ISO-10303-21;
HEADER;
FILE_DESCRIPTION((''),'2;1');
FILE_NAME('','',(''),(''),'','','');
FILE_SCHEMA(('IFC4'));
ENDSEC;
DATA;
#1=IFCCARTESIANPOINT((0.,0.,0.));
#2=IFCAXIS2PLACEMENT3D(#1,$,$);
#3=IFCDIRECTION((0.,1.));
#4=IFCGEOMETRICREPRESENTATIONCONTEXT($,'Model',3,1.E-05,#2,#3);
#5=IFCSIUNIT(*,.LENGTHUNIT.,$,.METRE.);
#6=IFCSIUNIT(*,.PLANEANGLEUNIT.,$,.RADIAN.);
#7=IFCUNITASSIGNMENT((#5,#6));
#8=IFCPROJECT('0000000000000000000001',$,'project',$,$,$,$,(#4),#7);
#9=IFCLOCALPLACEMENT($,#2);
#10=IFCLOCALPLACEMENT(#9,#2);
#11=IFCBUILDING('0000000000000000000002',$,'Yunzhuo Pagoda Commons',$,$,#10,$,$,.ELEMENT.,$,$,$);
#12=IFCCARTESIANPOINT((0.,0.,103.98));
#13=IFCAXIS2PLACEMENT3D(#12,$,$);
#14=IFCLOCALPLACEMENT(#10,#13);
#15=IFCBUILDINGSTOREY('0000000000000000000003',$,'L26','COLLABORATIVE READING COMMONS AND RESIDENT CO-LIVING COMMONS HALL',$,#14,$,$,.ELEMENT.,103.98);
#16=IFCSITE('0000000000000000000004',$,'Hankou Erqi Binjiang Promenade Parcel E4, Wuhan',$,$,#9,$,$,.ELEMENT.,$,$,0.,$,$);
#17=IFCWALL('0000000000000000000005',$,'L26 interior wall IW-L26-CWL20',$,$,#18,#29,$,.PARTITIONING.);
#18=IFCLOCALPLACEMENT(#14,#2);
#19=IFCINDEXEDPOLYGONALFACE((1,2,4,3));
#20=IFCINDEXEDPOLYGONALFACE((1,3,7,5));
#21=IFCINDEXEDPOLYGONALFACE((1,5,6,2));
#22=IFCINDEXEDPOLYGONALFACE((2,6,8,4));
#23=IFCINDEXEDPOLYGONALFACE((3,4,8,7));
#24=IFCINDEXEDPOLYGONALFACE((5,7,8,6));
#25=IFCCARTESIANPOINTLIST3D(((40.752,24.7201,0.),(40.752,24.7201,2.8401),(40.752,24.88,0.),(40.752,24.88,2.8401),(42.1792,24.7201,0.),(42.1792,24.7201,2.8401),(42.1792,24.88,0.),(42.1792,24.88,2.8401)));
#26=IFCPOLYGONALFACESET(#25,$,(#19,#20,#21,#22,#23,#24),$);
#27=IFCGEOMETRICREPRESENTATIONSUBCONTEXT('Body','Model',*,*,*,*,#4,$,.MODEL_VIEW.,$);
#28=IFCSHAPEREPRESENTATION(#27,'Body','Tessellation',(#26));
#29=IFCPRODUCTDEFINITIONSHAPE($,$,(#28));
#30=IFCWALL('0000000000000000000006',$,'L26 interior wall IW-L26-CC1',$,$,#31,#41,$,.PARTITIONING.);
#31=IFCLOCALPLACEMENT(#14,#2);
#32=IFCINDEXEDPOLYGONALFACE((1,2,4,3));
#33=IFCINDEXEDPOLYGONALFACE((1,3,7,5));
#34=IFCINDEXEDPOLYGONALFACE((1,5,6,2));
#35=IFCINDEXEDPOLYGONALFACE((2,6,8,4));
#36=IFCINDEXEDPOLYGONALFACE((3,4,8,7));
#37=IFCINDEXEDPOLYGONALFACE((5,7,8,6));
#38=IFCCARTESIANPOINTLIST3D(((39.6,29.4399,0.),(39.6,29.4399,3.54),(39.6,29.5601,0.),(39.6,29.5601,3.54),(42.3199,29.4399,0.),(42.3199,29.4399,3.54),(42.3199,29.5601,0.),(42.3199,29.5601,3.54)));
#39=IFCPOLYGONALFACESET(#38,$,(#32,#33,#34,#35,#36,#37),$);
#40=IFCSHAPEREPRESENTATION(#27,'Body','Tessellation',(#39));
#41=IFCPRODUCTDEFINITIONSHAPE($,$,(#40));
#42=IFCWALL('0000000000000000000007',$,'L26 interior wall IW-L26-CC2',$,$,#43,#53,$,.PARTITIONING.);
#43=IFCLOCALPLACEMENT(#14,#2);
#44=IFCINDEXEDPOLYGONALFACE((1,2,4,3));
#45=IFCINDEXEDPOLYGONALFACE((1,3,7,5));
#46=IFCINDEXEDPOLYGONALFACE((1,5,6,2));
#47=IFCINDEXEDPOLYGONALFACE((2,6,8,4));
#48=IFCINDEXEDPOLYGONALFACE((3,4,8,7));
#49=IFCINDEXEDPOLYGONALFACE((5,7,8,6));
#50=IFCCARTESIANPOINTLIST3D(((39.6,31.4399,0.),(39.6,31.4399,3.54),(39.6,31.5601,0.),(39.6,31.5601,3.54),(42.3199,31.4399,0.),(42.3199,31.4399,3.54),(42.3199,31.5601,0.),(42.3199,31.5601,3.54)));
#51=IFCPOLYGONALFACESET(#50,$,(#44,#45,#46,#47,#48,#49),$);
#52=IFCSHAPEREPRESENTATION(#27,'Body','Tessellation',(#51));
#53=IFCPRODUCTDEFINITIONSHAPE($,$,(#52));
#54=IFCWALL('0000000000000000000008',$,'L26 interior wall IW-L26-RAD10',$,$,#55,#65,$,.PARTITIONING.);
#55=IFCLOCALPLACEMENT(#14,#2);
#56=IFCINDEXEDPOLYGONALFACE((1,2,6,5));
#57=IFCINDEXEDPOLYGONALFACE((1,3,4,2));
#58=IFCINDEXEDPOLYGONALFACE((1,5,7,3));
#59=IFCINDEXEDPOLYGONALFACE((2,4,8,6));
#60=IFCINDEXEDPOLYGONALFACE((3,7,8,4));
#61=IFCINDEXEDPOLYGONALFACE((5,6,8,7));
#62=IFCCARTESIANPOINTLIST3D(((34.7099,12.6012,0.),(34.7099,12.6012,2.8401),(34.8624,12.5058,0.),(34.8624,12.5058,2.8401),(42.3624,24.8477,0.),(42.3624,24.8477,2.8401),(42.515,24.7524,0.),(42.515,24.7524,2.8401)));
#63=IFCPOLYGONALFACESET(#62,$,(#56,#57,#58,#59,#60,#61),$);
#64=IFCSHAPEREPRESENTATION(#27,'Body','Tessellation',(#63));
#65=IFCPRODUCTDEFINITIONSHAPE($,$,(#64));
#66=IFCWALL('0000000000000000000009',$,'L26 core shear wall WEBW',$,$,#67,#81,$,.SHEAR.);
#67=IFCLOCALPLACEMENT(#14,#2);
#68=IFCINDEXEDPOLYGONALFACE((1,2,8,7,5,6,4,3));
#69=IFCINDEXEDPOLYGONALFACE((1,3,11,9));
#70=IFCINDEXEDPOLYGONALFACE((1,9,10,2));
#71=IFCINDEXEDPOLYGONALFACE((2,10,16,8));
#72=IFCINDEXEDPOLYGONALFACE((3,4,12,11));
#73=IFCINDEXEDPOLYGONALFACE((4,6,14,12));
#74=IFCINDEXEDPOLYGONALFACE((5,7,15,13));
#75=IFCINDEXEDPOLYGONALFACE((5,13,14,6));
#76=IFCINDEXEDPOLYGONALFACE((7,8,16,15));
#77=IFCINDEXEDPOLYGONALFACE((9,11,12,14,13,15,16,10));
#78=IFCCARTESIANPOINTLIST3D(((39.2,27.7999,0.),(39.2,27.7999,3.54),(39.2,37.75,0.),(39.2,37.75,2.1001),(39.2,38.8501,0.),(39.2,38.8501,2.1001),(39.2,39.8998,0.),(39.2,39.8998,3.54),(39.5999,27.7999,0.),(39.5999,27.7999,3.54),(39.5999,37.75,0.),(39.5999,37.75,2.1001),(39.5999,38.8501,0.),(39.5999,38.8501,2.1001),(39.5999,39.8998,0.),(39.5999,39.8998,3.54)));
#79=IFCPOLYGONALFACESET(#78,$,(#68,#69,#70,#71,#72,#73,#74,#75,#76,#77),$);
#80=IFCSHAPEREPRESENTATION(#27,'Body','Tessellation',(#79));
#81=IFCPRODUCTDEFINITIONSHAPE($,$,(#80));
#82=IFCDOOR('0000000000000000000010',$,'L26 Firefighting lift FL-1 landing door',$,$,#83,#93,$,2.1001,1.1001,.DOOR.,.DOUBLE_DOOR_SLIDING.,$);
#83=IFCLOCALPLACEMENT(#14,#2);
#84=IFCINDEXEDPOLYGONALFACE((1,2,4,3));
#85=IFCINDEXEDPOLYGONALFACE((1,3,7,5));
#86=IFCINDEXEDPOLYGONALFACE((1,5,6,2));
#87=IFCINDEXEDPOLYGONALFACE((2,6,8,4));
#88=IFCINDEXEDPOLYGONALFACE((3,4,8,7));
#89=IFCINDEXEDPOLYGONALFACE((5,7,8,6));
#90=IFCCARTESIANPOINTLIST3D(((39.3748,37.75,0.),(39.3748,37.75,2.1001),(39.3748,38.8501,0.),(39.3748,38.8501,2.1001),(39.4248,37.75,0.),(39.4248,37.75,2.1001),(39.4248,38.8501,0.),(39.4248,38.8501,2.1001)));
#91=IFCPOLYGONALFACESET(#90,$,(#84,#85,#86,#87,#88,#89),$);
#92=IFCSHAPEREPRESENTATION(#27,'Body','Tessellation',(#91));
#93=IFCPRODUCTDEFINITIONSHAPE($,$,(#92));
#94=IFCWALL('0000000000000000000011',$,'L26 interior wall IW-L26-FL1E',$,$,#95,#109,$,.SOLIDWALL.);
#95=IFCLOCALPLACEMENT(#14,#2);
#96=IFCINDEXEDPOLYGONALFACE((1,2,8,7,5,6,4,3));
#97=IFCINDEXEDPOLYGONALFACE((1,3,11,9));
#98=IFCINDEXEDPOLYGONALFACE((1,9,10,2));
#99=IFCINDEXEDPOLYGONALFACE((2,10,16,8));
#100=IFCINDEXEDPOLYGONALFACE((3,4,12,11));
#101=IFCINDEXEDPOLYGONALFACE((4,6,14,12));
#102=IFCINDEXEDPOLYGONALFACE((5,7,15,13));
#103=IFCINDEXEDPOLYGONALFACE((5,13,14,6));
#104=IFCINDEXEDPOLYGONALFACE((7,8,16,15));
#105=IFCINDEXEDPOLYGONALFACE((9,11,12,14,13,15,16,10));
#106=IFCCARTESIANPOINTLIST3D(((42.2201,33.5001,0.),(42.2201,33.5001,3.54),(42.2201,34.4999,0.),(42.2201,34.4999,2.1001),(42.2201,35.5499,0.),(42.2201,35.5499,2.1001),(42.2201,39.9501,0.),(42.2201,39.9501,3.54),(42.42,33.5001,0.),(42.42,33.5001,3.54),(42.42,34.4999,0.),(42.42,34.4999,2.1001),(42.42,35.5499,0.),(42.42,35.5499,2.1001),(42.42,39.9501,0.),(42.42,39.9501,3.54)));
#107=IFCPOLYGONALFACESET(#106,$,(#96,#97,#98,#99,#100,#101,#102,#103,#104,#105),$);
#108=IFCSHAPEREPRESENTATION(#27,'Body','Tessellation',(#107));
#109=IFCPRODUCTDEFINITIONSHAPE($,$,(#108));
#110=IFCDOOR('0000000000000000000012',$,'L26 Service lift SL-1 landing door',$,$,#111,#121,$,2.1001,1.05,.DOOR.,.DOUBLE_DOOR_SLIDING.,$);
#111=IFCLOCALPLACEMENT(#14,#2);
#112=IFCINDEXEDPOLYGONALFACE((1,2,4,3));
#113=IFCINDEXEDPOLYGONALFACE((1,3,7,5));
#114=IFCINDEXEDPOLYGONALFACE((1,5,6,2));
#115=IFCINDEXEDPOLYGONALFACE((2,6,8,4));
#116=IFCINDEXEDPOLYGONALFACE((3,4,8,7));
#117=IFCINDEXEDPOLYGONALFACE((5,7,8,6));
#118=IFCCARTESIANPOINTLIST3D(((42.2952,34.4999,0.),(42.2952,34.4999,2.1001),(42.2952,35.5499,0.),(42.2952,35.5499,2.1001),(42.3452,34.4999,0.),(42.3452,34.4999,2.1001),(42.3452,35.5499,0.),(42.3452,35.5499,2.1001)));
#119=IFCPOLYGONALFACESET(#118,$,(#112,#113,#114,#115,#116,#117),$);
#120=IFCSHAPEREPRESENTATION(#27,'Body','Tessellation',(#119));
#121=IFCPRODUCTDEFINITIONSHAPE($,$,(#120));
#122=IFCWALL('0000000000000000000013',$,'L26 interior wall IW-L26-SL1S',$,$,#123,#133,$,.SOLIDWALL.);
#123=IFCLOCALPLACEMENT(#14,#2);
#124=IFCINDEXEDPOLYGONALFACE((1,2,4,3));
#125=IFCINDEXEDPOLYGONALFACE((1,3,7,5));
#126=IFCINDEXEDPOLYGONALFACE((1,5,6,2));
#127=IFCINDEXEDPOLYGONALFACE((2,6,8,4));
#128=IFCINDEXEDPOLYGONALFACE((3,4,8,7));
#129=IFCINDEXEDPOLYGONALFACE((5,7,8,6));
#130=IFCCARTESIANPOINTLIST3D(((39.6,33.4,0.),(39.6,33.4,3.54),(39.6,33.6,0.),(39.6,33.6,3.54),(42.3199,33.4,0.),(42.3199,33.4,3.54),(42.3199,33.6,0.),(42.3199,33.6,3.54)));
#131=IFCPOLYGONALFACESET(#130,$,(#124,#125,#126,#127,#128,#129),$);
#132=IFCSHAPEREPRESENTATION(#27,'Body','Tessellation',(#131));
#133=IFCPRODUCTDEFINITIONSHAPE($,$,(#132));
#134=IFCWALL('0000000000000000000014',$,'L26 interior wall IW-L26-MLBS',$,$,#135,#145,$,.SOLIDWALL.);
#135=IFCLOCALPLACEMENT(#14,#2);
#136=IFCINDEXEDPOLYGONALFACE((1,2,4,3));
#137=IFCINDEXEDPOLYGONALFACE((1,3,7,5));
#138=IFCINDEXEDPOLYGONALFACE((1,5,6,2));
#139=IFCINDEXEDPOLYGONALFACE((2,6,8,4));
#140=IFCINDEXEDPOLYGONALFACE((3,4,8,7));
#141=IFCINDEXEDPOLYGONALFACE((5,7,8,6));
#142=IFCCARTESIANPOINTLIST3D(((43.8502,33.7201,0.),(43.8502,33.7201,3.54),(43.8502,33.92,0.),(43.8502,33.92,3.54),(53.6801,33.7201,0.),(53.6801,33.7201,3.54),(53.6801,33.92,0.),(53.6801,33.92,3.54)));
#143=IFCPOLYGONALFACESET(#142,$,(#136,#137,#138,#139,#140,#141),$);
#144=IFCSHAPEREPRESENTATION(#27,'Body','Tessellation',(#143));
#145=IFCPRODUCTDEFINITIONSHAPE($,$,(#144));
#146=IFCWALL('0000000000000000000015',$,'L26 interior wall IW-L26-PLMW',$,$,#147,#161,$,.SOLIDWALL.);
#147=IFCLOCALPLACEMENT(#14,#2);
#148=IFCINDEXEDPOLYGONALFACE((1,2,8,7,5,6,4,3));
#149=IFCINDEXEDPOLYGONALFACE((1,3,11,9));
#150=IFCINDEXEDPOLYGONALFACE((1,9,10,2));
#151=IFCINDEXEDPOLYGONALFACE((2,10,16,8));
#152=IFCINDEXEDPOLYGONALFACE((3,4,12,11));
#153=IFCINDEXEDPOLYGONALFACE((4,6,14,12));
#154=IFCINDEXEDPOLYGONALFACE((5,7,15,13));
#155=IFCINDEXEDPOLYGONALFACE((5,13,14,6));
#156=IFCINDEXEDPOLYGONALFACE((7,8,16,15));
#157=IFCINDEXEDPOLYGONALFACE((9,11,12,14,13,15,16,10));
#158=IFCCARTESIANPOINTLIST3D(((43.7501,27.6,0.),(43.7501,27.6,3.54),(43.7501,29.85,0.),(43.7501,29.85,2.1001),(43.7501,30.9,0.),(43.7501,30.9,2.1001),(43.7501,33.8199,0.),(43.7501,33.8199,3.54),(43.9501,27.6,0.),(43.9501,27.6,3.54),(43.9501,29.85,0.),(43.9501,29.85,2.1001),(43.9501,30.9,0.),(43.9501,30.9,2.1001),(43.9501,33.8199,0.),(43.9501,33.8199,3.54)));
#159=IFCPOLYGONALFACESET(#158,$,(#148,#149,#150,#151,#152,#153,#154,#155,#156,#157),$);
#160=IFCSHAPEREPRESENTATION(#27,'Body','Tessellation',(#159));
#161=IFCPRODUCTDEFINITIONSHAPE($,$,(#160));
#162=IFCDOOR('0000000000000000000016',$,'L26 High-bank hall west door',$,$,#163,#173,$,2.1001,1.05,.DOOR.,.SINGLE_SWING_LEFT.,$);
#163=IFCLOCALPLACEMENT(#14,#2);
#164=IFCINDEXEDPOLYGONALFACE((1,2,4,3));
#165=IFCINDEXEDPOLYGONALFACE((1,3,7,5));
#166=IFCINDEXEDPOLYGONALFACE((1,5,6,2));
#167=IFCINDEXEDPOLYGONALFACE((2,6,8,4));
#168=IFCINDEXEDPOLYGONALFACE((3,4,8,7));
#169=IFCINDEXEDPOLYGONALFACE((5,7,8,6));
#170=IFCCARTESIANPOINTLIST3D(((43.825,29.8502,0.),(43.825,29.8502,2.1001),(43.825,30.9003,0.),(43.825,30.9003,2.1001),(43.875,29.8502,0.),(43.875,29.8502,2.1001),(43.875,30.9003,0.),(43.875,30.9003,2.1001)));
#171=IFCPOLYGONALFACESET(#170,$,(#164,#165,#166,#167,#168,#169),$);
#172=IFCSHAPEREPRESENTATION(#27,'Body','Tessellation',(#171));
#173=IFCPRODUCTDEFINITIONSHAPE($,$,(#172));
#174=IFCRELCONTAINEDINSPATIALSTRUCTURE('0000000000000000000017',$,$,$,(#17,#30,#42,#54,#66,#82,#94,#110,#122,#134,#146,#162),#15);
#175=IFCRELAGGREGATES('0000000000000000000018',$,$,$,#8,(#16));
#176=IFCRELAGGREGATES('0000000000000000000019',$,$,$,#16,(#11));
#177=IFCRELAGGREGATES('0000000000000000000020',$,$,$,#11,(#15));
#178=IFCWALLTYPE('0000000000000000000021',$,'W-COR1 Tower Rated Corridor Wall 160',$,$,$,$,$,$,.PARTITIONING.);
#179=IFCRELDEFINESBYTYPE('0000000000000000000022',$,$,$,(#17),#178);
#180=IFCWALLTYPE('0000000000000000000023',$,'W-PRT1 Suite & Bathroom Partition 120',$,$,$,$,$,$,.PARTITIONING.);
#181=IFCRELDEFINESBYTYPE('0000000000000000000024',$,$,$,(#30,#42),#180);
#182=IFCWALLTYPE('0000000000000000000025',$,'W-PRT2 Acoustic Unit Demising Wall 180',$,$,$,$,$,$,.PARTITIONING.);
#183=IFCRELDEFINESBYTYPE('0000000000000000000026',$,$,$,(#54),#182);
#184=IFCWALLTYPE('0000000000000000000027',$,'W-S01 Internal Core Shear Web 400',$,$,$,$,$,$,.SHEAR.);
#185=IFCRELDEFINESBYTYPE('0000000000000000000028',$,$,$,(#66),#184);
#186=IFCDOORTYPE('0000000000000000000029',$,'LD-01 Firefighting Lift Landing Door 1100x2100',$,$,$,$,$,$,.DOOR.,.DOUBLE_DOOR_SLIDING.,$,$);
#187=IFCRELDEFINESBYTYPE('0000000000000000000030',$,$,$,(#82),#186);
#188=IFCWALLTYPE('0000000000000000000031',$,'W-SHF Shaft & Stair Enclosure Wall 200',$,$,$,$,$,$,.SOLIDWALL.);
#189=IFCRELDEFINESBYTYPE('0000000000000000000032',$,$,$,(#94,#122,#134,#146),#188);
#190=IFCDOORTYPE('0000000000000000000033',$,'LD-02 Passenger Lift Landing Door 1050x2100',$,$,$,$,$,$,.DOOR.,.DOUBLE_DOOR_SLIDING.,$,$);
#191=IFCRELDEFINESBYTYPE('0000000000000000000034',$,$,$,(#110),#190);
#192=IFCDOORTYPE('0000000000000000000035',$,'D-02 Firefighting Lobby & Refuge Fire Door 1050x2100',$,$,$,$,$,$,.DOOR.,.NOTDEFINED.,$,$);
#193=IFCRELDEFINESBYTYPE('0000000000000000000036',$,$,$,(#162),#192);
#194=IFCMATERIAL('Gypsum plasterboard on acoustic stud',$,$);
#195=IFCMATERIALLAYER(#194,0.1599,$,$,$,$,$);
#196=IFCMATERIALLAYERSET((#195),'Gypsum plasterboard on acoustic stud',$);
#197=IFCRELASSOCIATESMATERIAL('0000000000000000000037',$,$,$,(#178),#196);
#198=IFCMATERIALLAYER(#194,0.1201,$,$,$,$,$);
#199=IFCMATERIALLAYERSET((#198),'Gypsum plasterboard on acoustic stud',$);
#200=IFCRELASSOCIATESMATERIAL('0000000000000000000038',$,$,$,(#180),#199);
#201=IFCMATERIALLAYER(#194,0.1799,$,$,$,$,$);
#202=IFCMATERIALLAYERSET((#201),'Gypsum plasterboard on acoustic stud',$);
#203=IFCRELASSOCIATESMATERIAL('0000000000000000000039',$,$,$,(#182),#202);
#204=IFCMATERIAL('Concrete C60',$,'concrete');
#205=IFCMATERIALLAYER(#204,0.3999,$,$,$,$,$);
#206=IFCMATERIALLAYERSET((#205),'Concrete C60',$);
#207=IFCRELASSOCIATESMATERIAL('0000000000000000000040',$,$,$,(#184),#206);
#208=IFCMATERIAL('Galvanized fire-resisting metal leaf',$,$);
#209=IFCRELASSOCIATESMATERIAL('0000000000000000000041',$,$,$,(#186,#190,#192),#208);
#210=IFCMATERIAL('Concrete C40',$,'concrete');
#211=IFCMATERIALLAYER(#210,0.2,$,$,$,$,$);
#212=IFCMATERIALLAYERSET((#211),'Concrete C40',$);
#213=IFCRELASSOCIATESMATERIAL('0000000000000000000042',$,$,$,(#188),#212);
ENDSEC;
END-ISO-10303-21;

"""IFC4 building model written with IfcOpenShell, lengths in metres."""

from ifc_helpers import new_model, si_unit, direction, frame, frame_2d, origin, origin_with_axes, place, context, subcontext, project, spatial, rectangle, extrude, source, transform, mapped, material, layer, layer_set, type_object, element, fill, save


model = new_model("IFC4")

# Units and contexts
model_context = context("Model", 3, precision=1e-05, world=origin(), true_north=direction((0.0, 1.0)))
body_context = subcontext(model_context, "Body", "Model", "MODEL_VIEW")
ifc_project = project(units=[si_unit("LENGTHUNIT", "METRE"), si_unit("PLANEANGLEUNIT", "RADIAN")], contexts=[model_context])

# Site, building, storey
site_placement = place(None, origin())
site = spatial("IfcSite", under=ifc_project, at=site_placement, Name="Hankou Erqi Binjiang Promenade Parcel E4, Wuhan", CompositionType="ELEMENT", RefElevation=0.0)
building_placement = place(site_placement, origin())
building = spatial("IfcBuilding", under=site, at=building_placement, Name="Yunzhuo Pagoda Commons", CompositionType="ELEMENT")
storey_placement = place(building_placement, frame((0.0, 0.0, 103.98)))
storey = spatial("IfcBuildingStorey", under=building, at=storey_placement, Name="L26", Description="COLLABORATIVE READING COMMONS AND RESIDENT CO-LIVING COMMONS HALL", CompositionType="ELEMENT", Elevation=103.98)

# Shared definitions
ifc_material_1 = material(Name="Concrete C60", Category="concrete")

# Shared definitions
ifc_material_2 = material(Name="Gypsum plasterboard on acoustic stud")
ifc_layer_1 = layer(ifc_material_2, 0.1599)
ifc_layer_set_1 = layer_set([ifc_layer_1], Name="Gypsum plasterboard on acoustic stud")
wall_type_1 = type_object("IfcWallType", Name="W-COR1 Tower Rated Corridor Wall 160", PredefinedType="PARTITIONING", material=ifc_layer_set_1)
ifc_material_3 = material(Name="Galvanized fire-resisting metal leaf")

# Walls
wall_1_placement = place(storey_placement, frame((42.1792, 24.8, 0.0), z_axis=(0.0, 0.0, 1.0), x_axis=(-1.0, 0.0, 0.0)))
element("IfcWall", 1, at=wall_1_placement, inside=storey, type_object=wall_type_1, Name="L26 interior wall IW-L26-CWL20", PredefinedType="PARTITIONING", context=body_context, shape_type="SweptSolid", body=[
    extrude(rectangle(XDim=1.4272, YDim=0.1599, at=frame_2d((0.7136, 0.0))), origin(), (0.0, 0.0, 1.0), 2.8401),
])
ifc_layer_2 = layer(ifc_material_2, 0.1201)
ifc_layer_set_2 = layer_set([ifc_layer_2], Name="Gypsum plasterboard on acoustic stud")
wall_type_2 = type_object("IfcWallType", Name="W-PRT1 Suite & Bathroom Partition 120", PredefinedType="PARTITIONING", material=ifc_layer_set_2)
for number, where, z_axis, x_axis, name in (
    (2, (39.6001, 29.5, 0.0), (0.0, 0.0, 1.0), (1.0, 0.0, 0.0), "L26 interior wall IW-L26-CC1"),
    (3, (39.6001, 31.5, 0.0), (0.0, 0.0, 1.0), (1.0, 0.0, 0.0), "L26 interior wall IW-L26-CC2"),
):
    element("IfcWall", number, at=place(storey_placement, frame(where, z_axis=z_axis, x_axis=x_axis)), inside=storey, type_object=wall_type_2, Name=name, PredefinedType="PARTITIONING", context=body_context, shape_type="SweptSolid", body=[
        extrude(rectangle(XDim=2.72, YDim=0.1201, at=frame_2d((1.3599, 0.0))), origin(), (0.0, 0.0, 1.0), 3.54),
    ])
ifc_layer_3 = layer(ifc_material_2, 0.1799)
ifc_layer_set_3 = layer_set([ifc_layer_3], Name="Gypsum plasterboard on acoustic stud")
wall_type_3 = type_object("IfcWallType", Name="W-PRT2 Acoustic Unit Demising Wall 180", PredefinedType="PARTITIONING", material=ifc_layer_set_3)
wall_2_placement = place(storey_placement, frame((42.4387, 24.8, 0.0), z_axis=(0.0, 0.0, 1.0), x_axis=(-0.529923, -0.848046, 0.0)))
element("IfcWall", 4, at=wall_2_placement, inside=storey, type_object=wall_type_3, Name="L26 interior wall IW-L26-RAD10", PredefinedType="PARTITIONING", context=body_context, shape_type="SweptSolid", body=[
    extrude(rectangle(XDim=14.4409, YDim=0.1799, at=frame_2d((7.2205, 0.0))), origin(), (0.0, 0.0, 1.0), 2.8401),
])

# Walls, openings, doors
ifc_layer_4 = layer(ifc_material_1, 0.3999)
ifc_layer_set_4 = layer_set([ifc_layer_4], Name="Concrete C60")
wall_type_4 = type_object("IfcWallType", Name="W-S01 Internal Core Shear Web 400", PredefinedType="SHEAR", material=ifc_layer_set_4)
wall_3_placement = place(storey_placement, frame((39.3999, 27.8, 0.0), z_axis=(0.0, 0.0, 1.0), x_axis=(0.0, 1.0, 0.0)))
wall_3 = element("IfcWall", 5, at=wall_3_placement, inside=storey, type_object=wall_type_4, Name="L26 core shear wall WEBW", PredefinedType="SHEAR", context=body_context, shape_type="SweptSolid", body=[
    extrude(rectangle(XDim=12.0999, YDim=0.3999, at=frame_2d((6.0498, 0.0))), origin(), (0.0, 0.0, 1.0), 3.54),
])
opening_1_placement = place(wall_3_placement, frame((9.95, 0.0, 0.0)))
opening_1 = element("IfcOpeningElement", 6, at=opening_1_placement, cuts=wall_3, PredefinedType="OPENING", context=body_context, shape_type="SweptSolid", body=[
    extrude(rectangle(XDim=1.1001, YDim=2.1001, at=frame_2d((0.55, 1.05))), frame((0.0, 0.21, 0.0), z_axis=(0.0, -1.0, 0.0), x_axis=(1.0, 0.0, 0.0)), (0.0, 0.0, 1.0), 0.4199),
])
door_type_1 = type_object("IfcDoorType", Name="LD-01 Firefighting Lift Landing Door 1100x2100", OperationType="DOUBLE_DOOR_SLIDING", PredefinedType="DOOR", material=ifc_material_3)
shared_shape_1 = source(origin(), body_context, "Body", "SweptSolid", [
    extrude(rectangle(XDim=1.1001, YDim=2.1001, at=frame_2d((0.55, 1.05))), frame((0.0, 0.0249, 0.0), z_axis=(0.0, -1.0, 0.0), x_axis=(1.0, 0.0, 0.0)), (0.0, 0.0, 1.0), 0.05),
])
door_1_placement = place(opening_1_placement, frame((1.1001, 0.0, 0.0), z_axis=(0.0, 0.0, 1.0), x_axis=(-1.0, 0.0, 0.0)))
door_1 = element("IfcDoor", 7, at=door_1_placement, inside=storey, type_object=door_type_1, Name="L26 Firefighting lift FL-1 landing door", OperationType="DOUBLE_DOOR_SLIDING", OverallHeight=2.1001, OverallWidth=1.1001, PredefinedType="DOOR", context=body_context, shape_type="MappedRepresentation", body=[
    mapped(shared_shape_1, transform((0.0, 0.0, 0.0), scale=1.0)),
])
fill(opening_1, door_1)
ifc_material_4 = material(Name="Concrete C40", Category="concrete")
ifc_layer_5 = layer(ifc_material_4, 0.2)
ifc_layer_set_5 = layer_set([ifc_layer_5], Name="Concrete C40")
wall_type_5 = type_object("IfcWallType", Name="W-SHF Shaft & Stair Enclosure Wall 200", PredefinedType="SOLIDWALL", material=ifc_layer_set_5)
wall_4_placement = place(storey_placement, frame((42.3201, 33.5, 0.0), z_axis=(0.0, 0.0, 1.0), x_axis=(0.0, 1.0, 0.0)))
wall_4 = element("IfcWall", 8, at=wall_4_placement, inside=storey, type_object=wall_type_5, Name="L26 interior wall IW-L26-FL1E", PredefinedType="SOLIDWALL", context=body_context, shape_type="SweptSolid", body=[
    extrude(rectangle(XDim=6.45, YDim=0.2, at=frame_2d((3.2251, 0.0))), origin(), (0.0, 0.0, 1.0), 3.54),
])
opening_2_placement = place(wall_4_placement, frame((1.0, 0.0, 0.0)))
opening_2 = element("IfcOpeningElement", 9, at=opening_2_placement, cuts=wall_4, PredefinedType="OPENING", context=body_context, shape_type="SweptSolid", body=[
    extrude(rectangle(XDim=1.05, YDim=2.1001, at=frame_2d((0.5249, 1.05))), frame((0.0, 0.1099, 0.0), z_axis=(0.0, -1.0, 0.0), x_axis=(1.0, 0.0, 0.0)), (0.0, 0.0, 1.0), 0.22),
])
door_type_2 = type_object("IfcDoorType", Name="LD-02 Passenger Lift Landing Door 1050x2100", OperationType="DOUBLE_DOOR_SLIDING", PredefinedType="DOOR", material=ifc_material_3)
shared_shape_2 = source(origin(), body_context, "Body", "SweptSolid", [
    extrude(rectangle(XDim=1.05, YDim=2.1001, at=frame_2d((0.5249, 1.05))), frame((0.0, 0.0249, 0.0), z_axis=(0.0, -1.0, 0.0), x_axis=(1.0, 0.0, 0.0)), (0.0, 0.0, 1.0), 0.05),
])
door_2_placement = place(opening_2_placement, origin_with_axes())
door_2 = element("IfcDoor", 10, at=door_2_placement, inside=storey, type_object=door_type_2, Name="L26 Service lift SL-1 landing door", OperationType="DOUBLE_DOOR_SLIDING", OverallHeight=2.1001, OverallWidth=1.05, PredefinedType="DOOR", context=body_context, shape_type="MappedRepresentation", body=[
    mapped(shared_shape_2, transform((0.0, 0.0, 0.0), scale=1.0)),
])
fill(opening_2, door_2)

# Walls
wall_5_placement = place(storey_placement, frame((39.6001, 33.5, 0.0), z_axis=(0.0, 0.0, 1.0), x_axis=(1.0, 0.0, 0.0)))
element("IfcWall", 11, at=wall_5_placement, inside=storey, type_object=wall_type_5, Name="L26 interior wall IW-L26-SL1S", PredefinedType="SOLIDWALL", context=body_context, shape_type="SweptSolid", body=[
    extrude(rectangle(XDim=2.72, YDim=0.2, at=frame_2d((1.3599, 0.0))), origin(), (0.0, 0.0, 1.0), 3.54),
])
wall_6_placement = place(storey_placement, frame((43.8501, 33.8201, 0.0), z_axis=(0.0, 0.0, 1.0), x_axis=(1.0, 0.0, 0.0)))
element("IfcWall", 12, at=wall_6_placement, inside=storey, type_object=wall_type_5, Name="L26 interior wall IW-L26-MLBS", PredefinedType="SOLIDWALL", context=body_context, shape_type="SweptSolid", body=[
    extrude(rectangle(XDim=9.8298, YDim=0.2, at=frame_2d((4.915, 0.0))), origin(), (0.0, 0.0, 1.0), 3.54),
])

# Wall, opening, door
wall_7_placement = place(storey_placement, frame((43.8501, 27.6001, 0.0), z_axis=(0.0, 0.0, 1.0), x_axis=(0.0, 1.0, 0.0)))
wall_7 = element("IfcWall", 13, at=wall_7_placement, inside=storey, type_object=wall_type_5, Name="L26 interior wall IW-L26-PLMW", PredefinedType="SOLIDWALL", context=body_context, shape_type="SweptSolid", body=[
    extrude(rectangle(XDim=6.22, YDim=0.2, at=frame_2d((3.1099, 0.0))), origin(), (0.0, 0.0, 1.0), 3.54),
])
opening_3_placement = place(wall_7_placement, frame((2.25, 0.0, 0.0)))
opening_3 = element("IfcOpeningElement", 14, at=opening_3_placement, cuts=wall_7, PredefinedType="OPENING", context=body_context, shape_type="SweptSolid", body=[
    extrude(rectangle(XDim=1.05, YDim=2.1001, at=frame_2d((0.5249, 1.05))), frame((0.0, 0.1099, 0.0), z_axis=(0.0, -1.0, 0.0), x_axis=(1.0, 0.0, 0.0)), (0.0, 0.0, 1.0), 0.22),
])
door_type_3 = type_object("IfcDoorType", Name="D-02 Firefighting Lobby & Refuge Fire Door 1050x2100", OperationType="NOTDEFINED", PredefinedType="DOOR", material=ifc_material_3)
door_3_placement = place(opening_3_placement, frame((1.05, 0.0, 0.0), z_axis=(0.0, 0.0, 1.0), x_axis=(-1.0, 0.0, 0.0)))
door_3 = element("IfcDoor", 15, at=door_3_placement, inside=storey, type_object=door_type_3, Name="L26 High-bank hall west door", OperationType="SINGLE_SWING_LEFT", OverallHeight=2.1001, OverallWidth=1.05, PredefinedType="DOOR", context=body_context, shape_type="MappedRepresentation", body=[
    mapped(shared_shape_2, transform((0.0, 0.0, 0.0), scale=1.0)),
])
fill(opening_3, door_3)

save(model, "model.ifc")
